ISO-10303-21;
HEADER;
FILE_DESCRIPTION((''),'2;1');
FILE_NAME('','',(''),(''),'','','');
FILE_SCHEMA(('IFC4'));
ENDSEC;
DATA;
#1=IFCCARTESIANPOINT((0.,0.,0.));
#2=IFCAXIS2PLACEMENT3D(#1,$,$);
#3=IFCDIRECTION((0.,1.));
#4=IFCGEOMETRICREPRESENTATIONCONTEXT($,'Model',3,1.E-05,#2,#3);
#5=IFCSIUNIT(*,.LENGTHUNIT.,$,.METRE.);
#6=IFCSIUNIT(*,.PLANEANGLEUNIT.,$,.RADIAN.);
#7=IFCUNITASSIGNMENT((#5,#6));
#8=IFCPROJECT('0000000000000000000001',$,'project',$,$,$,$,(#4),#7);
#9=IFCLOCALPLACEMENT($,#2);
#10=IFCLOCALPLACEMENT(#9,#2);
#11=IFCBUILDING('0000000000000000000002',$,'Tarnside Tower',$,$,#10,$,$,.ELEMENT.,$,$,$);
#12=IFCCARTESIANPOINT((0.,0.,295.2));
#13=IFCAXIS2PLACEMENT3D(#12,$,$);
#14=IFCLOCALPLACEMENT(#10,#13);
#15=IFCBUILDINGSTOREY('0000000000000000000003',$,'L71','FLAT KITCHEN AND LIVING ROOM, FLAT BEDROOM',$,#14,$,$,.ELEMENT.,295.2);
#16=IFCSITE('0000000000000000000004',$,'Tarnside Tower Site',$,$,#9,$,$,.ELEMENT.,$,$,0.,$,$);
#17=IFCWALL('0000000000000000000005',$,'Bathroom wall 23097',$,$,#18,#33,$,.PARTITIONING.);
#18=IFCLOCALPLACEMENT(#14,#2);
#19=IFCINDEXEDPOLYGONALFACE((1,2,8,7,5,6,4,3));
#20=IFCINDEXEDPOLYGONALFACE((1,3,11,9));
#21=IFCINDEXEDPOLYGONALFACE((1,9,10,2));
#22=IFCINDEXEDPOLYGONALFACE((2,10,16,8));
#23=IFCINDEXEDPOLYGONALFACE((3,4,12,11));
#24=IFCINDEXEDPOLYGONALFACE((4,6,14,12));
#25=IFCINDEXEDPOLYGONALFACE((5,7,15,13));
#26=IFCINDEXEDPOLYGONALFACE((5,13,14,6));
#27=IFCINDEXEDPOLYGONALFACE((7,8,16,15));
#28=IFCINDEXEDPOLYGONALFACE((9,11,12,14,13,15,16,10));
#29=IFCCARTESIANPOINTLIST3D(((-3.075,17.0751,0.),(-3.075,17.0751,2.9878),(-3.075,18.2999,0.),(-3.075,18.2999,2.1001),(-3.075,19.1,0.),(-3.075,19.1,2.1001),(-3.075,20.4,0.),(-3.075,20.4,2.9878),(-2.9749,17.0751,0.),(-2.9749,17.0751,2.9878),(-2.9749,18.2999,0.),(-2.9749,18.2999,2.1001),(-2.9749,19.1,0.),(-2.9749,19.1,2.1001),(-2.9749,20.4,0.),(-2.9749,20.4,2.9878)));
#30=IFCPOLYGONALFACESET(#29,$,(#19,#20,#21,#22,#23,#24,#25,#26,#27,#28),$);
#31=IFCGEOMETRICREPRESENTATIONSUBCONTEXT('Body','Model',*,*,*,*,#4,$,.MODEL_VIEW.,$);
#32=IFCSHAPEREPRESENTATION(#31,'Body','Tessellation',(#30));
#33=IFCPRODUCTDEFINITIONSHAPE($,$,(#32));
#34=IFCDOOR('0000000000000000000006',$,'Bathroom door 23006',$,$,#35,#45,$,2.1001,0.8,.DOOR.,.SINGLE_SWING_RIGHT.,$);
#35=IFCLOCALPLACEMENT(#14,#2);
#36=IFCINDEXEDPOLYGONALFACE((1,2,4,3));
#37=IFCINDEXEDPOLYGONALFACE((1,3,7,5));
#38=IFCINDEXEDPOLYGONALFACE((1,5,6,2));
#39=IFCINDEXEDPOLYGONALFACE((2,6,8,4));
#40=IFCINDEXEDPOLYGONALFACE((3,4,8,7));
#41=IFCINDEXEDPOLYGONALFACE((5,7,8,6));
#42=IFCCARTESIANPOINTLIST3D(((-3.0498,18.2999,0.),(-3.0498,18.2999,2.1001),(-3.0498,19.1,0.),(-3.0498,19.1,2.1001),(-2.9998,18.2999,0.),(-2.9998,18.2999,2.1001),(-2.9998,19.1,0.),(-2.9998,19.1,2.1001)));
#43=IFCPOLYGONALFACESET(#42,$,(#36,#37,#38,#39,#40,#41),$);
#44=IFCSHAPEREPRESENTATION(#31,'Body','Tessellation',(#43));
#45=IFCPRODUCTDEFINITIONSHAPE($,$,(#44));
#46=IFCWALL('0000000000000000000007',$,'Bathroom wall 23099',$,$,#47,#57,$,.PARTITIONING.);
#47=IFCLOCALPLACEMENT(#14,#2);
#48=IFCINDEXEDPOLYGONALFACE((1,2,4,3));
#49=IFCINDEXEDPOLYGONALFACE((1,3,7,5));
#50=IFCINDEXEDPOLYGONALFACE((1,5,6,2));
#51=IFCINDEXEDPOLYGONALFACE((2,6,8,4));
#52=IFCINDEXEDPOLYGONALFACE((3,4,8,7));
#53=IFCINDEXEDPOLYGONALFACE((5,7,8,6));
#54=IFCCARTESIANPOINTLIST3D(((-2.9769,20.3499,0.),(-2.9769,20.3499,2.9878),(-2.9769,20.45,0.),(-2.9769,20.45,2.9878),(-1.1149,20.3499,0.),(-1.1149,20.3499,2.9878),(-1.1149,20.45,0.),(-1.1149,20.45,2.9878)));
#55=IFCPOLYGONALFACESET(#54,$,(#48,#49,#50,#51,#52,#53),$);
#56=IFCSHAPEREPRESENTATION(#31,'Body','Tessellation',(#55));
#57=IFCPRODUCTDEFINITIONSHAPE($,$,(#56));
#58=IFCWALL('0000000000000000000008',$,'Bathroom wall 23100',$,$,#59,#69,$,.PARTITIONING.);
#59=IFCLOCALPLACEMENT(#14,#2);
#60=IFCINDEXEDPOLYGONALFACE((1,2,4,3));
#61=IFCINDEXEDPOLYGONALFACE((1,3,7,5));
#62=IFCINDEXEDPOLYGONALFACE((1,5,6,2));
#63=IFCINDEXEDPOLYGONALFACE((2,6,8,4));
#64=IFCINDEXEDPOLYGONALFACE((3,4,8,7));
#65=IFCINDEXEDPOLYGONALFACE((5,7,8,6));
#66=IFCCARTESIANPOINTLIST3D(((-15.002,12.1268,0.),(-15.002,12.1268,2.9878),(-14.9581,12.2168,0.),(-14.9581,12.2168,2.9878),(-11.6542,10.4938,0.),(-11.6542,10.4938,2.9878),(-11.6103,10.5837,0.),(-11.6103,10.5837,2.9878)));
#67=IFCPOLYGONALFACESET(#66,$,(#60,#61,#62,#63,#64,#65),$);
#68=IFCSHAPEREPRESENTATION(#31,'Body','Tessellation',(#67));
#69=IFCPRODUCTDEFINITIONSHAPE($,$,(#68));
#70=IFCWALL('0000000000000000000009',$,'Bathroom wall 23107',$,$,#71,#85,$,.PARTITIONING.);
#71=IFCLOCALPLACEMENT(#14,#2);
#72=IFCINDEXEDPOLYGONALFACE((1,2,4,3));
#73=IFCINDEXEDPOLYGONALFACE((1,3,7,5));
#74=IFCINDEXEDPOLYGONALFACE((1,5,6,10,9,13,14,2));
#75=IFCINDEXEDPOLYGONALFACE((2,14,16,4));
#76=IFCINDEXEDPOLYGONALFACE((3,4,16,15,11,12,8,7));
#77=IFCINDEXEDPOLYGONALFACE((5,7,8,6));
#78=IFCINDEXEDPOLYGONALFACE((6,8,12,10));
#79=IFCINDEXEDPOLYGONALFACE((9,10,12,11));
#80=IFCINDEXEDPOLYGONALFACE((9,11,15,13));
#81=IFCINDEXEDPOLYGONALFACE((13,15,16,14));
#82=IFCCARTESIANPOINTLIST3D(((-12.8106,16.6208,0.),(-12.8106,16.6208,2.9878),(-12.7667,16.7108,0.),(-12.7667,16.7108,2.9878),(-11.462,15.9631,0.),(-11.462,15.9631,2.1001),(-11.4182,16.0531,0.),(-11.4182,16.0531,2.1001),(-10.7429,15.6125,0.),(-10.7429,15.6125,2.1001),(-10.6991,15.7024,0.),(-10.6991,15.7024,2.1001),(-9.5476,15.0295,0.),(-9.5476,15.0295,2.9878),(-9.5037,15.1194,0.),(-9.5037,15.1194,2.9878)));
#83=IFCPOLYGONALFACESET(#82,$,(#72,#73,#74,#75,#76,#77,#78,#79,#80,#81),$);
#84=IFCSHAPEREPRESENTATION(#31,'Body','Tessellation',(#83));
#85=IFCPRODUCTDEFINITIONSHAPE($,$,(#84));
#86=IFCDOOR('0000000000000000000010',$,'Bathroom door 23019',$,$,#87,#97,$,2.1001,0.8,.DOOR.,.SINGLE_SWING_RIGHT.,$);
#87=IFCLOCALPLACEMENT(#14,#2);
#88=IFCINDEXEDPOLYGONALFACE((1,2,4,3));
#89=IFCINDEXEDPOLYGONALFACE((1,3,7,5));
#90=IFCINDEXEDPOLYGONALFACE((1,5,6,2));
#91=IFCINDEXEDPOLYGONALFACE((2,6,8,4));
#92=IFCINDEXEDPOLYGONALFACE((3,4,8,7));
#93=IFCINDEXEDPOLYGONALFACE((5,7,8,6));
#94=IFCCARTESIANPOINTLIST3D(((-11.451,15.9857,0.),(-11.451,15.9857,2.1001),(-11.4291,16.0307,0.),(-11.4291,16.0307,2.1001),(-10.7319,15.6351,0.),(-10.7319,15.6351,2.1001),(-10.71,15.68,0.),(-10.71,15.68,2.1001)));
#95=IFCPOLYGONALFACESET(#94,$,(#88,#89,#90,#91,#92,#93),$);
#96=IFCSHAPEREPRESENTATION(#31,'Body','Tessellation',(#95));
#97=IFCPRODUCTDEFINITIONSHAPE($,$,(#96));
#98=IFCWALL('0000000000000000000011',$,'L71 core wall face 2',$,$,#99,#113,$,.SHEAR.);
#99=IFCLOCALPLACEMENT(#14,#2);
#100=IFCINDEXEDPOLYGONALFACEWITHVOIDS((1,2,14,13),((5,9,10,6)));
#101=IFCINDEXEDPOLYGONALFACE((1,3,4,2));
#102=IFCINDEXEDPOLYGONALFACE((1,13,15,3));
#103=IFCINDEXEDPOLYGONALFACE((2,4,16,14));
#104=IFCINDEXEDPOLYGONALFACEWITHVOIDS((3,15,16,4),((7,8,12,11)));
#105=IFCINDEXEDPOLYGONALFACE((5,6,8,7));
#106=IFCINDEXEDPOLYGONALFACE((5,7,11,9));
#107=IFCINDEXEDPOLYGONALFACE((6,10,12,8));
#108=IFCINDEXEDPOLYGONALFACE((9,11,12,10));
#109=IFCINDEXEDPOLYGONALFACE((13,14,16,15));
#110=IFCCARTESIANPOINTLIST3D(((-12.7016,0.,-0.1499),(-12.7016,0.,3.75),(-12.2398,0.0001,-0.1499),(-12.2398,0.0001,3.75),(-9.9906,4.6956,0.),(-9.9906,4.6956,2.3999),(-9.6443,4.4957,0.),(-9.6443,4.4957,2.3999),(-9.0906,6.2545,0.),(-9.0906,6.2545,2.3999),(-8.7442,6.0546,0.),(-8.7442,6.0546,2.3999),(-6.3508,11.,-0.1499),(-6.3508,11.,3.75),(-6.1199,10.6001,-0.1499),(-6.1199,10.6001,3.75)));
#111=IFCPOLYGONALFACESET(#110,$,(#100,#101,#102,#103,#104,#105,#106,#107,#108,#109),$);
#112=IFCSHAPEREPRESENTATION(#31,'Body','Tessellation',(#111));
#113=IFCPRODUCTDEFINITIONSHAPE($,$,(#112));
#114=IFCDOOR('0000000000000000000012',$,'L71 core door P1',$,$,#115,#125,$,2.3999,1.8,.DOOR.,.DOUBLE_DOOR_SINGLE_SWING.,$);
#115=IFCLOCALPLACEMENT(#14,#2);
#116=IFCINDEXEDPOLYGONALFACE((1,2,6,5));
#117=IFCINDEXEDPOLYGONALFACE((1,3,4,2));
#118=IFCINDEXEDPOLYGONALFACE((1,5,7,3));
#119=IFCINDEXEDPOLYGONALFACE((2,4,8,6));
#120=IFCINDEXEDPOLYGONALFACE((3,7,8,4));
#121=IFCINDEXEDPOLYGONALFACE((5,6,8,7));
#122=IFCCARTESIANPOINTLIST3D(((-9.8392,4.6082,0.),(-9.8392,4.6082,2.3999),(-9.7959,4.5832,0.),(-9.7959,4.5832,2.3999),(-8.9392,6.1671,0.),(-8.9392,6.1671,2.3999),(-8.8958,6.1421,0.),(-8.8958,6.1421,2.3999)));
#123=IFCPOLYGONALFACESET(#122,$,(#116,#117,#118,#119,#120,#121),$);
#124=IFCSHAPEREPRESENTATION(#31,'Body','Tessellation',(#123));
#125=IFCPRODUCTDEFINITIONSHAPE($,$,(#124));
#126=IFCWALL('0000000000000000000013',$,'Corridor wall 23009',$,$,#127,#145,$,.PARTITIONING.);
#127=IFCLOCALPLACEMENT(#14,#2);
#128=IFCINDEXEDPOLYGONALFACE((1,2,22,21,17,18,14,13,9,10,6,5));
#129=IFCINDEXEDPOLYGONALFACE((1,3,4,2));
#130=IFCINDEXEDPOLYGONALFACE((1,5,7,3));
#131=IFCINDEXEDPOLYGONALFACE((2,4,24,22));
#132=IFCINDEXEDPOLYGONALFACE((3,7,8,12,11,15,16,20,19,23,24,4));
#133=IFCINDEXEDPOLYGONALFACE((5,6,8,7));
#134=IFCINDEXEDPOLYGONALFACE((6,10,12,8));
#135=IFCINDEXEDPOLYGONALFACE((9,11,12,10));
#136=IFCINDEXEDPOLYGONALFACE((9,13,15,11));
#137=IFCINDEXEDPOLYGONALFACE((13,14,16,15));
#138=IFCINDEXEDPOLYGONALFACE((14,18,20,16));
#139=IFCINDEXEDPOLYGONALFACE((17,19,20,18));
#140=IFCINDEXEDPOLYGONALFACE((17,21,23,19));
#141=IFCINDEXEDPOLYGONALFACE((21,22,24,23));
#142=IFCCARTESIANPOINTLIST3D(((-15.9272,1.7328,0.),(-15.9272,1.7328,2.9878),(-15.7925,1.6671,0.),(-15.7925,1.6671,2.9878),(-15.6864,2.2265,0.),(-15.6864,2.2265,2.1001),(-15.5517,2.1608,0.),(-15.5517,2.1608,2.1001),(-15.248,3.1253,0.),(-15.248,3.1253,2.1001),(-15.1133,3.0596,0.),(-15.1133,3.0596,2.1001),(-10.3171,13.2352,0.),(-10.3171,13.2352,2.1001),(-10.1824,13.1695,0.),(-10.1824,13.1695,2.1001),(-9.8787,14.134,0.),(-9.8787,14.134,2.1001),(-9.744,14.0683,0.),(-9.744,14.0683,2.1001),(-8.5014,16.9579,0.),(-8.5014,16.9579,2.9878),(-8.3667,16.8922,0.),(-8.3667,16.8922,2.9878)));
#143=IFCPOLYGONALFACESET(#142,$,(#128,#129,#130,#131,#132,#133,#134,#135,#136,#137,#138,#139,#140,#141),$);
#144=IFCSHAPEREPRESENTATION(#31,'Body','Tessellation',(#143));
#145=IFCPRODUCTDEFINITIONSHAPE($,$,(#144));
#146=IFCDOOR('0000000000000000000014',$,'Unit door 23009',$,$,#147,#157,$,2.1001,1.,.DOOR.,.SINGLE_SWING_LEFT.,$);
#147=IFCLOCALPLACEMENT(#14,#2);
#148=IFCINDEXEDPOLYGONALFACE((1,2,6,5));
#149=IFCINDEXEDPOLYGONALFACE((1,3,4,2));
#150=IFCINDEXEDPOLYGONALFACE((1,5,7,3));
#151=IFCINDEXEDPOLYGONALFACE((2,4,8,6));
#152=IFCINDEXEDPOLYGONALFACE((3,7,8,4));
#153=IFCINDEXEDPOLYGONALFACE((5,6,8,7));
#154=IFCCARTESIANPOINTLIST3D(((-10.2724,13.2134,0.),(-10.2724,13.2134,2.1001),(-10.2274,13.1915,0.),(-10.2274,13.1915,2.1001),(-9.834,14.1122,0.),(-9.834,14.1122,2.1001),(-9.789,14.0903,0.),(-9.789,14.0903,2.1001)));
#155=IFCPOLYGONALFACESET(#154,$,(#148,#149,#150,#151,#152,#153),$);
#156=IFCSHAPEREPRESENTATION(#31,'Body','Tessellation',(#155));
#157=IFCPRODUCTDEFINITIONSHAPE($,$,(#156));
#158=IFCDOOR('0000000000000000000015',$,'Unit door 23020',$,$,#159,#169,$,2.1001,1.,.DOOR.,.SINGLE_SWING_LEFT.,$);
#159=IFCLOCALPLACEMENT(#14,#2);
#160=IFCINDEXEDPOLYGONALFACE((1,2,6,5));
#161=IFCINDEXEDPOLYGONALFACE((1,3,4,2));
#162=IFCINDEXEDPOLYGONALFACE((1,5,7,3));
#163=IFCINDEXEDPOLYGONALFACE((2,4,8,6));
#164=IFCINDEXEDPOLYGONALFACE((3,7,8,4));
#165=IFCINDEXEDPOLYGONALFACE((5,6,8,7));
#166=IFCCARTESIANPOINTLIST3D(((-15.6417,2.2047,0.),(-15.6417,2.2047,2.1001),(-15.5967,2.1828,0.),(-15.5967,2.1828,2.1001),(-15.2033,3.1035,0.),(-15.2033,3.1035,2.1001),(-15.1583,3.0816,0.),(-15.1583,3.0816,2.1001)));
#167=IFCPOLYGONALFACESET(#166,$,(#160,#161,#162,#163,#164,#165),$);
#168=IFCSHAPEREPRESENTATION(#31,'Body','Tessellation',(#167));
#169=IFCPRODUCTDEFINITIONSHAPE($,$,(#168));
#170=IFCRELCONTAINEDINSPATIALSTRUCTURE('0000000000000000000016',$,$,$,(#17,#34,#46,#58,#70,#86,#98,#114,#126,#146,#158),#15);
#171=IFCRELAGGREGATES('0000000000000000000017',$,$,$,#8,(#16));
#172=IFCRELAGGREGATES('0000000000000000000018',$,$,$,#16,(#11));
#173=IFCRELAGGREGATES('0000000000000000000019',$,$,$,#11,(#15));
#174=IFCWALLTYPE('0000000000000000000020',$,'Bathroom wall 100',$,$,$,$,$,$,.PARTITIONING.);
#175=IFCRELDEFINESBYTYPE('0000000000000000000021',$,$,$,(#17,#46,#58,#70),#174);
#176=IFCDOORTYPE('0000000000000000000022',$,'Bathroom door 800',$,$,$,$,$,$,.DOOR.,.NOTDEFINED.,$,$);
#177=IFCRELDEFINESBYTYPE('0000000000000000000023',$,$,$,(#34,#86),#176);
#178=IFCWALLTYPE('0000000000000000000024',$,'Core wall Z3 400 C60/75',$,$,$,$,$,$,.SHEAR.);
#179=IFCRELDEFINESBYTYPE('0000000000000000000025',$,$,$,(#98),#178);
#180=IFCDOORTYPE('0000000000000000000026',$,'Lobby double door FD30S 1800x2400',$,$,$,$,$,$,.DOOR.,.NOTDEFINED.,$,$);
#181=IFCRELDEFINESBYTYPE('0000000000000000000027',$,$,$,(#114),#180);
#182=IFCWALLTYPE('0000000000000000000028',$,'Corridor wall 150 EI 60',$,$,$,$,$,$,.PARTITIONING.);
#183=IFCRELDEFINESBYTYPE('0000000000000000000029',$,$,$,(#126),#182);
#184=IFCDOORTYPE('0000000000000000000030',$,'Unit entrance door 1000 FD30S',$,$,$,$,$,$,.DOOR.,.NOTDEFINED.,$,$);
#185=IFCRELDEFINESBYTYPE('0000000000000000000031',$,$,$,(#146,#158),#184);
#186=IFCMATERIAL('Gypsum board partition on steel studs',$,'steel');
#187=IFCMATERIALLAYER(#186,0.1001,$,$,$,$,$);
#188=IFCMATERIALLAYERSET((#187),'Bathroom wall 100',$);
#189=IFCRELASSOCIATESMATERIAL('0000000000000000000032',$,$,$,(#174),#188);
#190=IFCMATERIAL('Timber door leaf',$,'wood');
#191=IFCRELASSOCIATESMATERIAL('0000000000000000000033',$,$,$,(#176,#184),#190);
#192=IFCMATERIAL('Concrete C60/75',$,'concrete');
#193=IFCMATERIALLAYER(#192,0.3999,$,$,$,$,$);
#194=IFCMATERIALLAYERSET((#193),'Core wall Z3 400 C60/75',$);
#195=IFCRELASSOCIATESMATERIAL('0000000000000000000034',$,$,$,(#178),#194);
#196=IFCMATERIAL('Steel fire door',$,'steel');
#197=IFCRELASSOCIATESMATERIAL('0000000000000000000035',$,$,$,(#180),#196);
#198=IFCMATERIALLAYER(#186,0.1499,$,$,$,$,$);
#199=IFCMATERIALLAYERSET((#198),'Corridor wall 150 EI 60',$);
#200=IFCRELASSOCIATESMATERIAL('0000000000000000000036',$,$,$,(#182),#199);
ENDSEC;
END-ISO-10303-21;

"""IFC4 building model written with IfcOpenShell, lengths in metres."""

from ifc_helpers import new_model, si_unit, direction, frame, frame_2d, origin, place, context, subcontext, project, spatial, polyline, rectangle, outline, extrude, material, layer, layer_set, type_object, element, fill, save


model = new_model("IFC4")

# Units and contexts
model_context = context("Model", 3, precision=1e-05, world=origin(), true_north=direction((0.0, 1.0)))
body_context = subcontext(model_context, "Body", "Model", "MODEL_VIEW")
ifc_project = project(units=[si_unit("LENGTHUNIT", "METRE"), si_unit("PLANEANGLEUNIT", "RADIAN")], contexts=[model_context])

# Site, building, storey
site_placement = place(None, origin())
site = spatial("IfcSite", under=ifc_project, at=site_placement, Name="Tarnside Tower Site", CompositionType="ELEMENT", RefElevation=0.0)
building_placement = place(site_placement, origin())
building = spatial("IfcBuilding", under=site, at=building_placement, Name="Tarnside Tower", CompositionType="ELEMENT")
storey_placement = place(building_placement, frame((0.0, 0.0, 295.2)))
storey = spatial("IfcBuildingStorey", under=building, at=storey_placement, Name="L71", Description="FLAT KITCHEN AND LIVING ROOM, FLAT BEDROOM", CompositionType="ELEMENT", Elevation=295.2)

# Wall, opening, door
ifc_material_1 = material(Name="Gypsum board partition on steel studs", Category="steel")
ifc_layer_1 = layer(ifc_material_1, 0.1001)
ifc_layer_set_1 = layer_set([ifc_layer_1], Name="Bathroom wall 100")
wall_type_1 = type_object("IfcWallType", Name="Bathroom wall 100", PredefinedType="PARTITIONING", material=ifc_layer_set_1)
wall_1_placement = place(storey_placement, frame((-3.0249, 17.075, 0.0), z_axis=(0.0, 0.0, 1.0), x_axis=(0.0, 1.0, 0.0)))
wall_1 = element("IfcWall", 1, at=wall_1_placement, inside=storey, type_object=wall_type_1, Name="Bathroom wall 23097", PredefinedType="PARTITIONING", context=body_context, shape_type="SweptSolid", body=[
    extrude(rectangle(XDim=3.325, YDim=0.1001, at=frame_2d((1.6626, 0.0))), origin(), (0.0, 0.0, 1.0), 2.9878),
])
opening_1_placement = place(wall_1_placement, frame((1.2251, 0.0, 0.0)))
opening_1 = element("IfcOpeningElement", 2, at=opening_1_placement, cuts=wall_1, PredefinedType="OPENING", context=body_context, shape_type="SweptSolid", body=[
    extrude(rectangle(XDim=0.8, YDim=2.1001, at=frame_2d((0.3999, 1.05))), frame((0.0, 0.0601, 0.0), z_axis=(0.0, -1.0, 0.0), x_axis=(1.0, 0.0, 0.0)), (0.0, 0.0, 1.0), 0.1201),
])
ifc_material_2 = material(Name="Timber door leaf", Category="wood")
door_type_1 = type_object("IfcDoorType", Name="Bathroom door 800", OperationType="NOTDEFINED", PredefinedType="DOOR", material=ifc_material_2)
door_1_placement = place(opening_1_placement, origin())
door_1 = element("IfcDoor", 3, at=door_1_placement, inside=storey, type_object=door_type_1, Name="Bathroom door 23006", OperationType="SINGLE_SWING_RIGHT", OverallHeight=2.1001, OverallWidth=0.8, PredefinedType="DOOR", context=body_context, shape_type="SweptSolid", body=[
    extrude(rectangle(XDim=0.8, YDim=2.1001, at=frame_2d((0.3999, 1.05))), frame((0.0, 0.0249, 0.0), z_axis=(0.0, -1.0, 0.0), x_axis=(1.0, 0.0, 0.0)), (0.0, 0.0, 1.0), 0.05),
])
fill(opening_1, door_1)

# Walls
wall_2_placement = place(storey_placement, frame((-1.1147, 20.3999, 0.0), z_axis=(0.0, 0.0, 1.0), x_axis=(-1.0, 0.0, 0.0)))
element("IfcWall", 4, at=wall_2_placement, inside=storey, type_object=wall_type_1, Name="Bathroom wall 23099", PredefinedType="PARTITIONING", context=body_context, shape_type="SweptSolid", body=[
    extrude(rectangle(XDim=1.8621, YDim=0.1001, at=frame_2d((0.9312, 0.0))), origin(), (0.0, 0.0, 1.0), 2.9878),
])
wall_3_placement = place(storey_placement, frame((-11.6323, 10.5388, 0.0), z_axis=(0.0, 0.0, 1.0), x_axis=(-0.898775, 0.438409, 0.0)))
element("IfcWall", 5, at=wall_3_placement, inside=storey, type_object=wall_type_1, Name="Bathroom wall 23100", PredefinedType="PARTITIONING", context=body_context, shape_type="SweptSolid", body=[
    extrude(rectangle(XDim=3.7249, YDim=0.1001, at=frame_2d((1.8623, 0.0))), origin(), (0.0, 0.0, 1.0), 2.9878),
])

# Walls, openings, doors
wall_4_placement = place(storey_placement, frame((-9.5256, 15.0745, 0.0), z_axis=(0.0, 0.0, 1.0), x_axis=(-0.898809, 0.438341, 0.0)))
wall_4 = element("IfcWall", 6, at=wall_4_placement, inside=storey, type_object=wall_type_1, Name="Bathroom wall 23107", PredefinedType="PARTITIONING", context=body_context, shape_type="SweptSolid", body=[
    extrude(rectangle(XDim=3.6304, YDim=0.1001, at=frame_2d((1.8152, 0.0))), origin(), (0.0, 0.0, 1.0), 2.9878),
])
opening_2_placement = place(wall_4_placement, frame((1.3301, 0.0, 0.0)))
opening_2 = element("IfcOpeningElement", 7, at=opening_2_placement, cuts=wall_4, PredefinedType="OPENING", context=body_context, shape_type="SweptSolid", body=[
    extrude(rectangle(XDim=0.8, YDim=2.1001, at=frame_2d((0.3999, 1.05))), frame((0.0, 0.0601, 0.0), z_axis=(0.0, -1.0, 0.0), x_axis=(1.0, 0.0, 0.0)), (0.0, 0.0, 1.0), 0.1201),
])
door_2_placement = place(opening_2_placement, origin())
door_2 = element("IfcDoor", 8, at=door_2_placement, inside=storey, type_object=door_type_1, Name="Bathroom door 23019", OperationType="SINGLE_SWING_RIGHT", OverallHeight=2.1001, OverallWidth=0.8, PredefinedType="DOOR", context=body_context, shape_type="SweptSolid", body=[
    extrude(rectangle(XDim=0.8, YDim=2.1001, at=frame_2d((0.3999, 1.05))), frame((0.0, 0.0249, 0.0), z_axis=(0.0, -1.0, 0.0), x_axis=(1.0, 0.0, 0.0)), (0.0, 0.0, 1.0), 0.05),
])
fill(opening_2, door_2)
ifc_material_3 = material(Name="Concrete C60/75", Category="concrete")
ifc_layer_2 = layer(ifc_material_3, 0.3999)
ifc_layer_set_2 = layer_set([ifc_layer_2], Name="Core wall Z3 400 C60/75")
wall_type_2 = type_object("IfcWallType", Name="Core wall Z3 400 C60/75", PredefinedType="SHEAR", material=ifc_layer_set_2)
wall_5_placement = place(storey_placement, frame((-6.2354, 10.8, -0.1499), z_axis=(0.0, 0.0, 1.0), x_axis=(-0.499996, -0.866027, 0.0)))
wall_5 = element("IfcWall", 9, at=wall_5_placement, inside=storey, type_object=wall_type_2, Name="L71 core wall face 2", PredefinedType="SHEAR", context=body_context, shape_type="SweptSolid", body=[
    extrude(outline(polyline([(-0.1155, -0.2), (12.5862, -0.2), (12.3552, 0.2), (0.1155, 0.2), (-0.1155, -0.2)])), origin(), (0.0, 0.0, 1.0), 3.8999),
])
opening_3_placement = place(wall_5_placement, frame((5.3643, 0.0, 0.1499)))
opening_3 = element("IfcOpeningElement", 10, at=opening_3_placement, cuts=wall_5, PredefinedType="OPENING", context=body_context, shape_type="SweptSolid", body=[
    extrude(rectangle(XDim=1.8, YDim=2.3999, at=frame_2d((0.8999, 1.2))), frame((0.0, 0.21, 0.0), z_axis=(0.0, -1.0, 0.0), x_axis=(1.0, 0.0, 0.0)), (0.0, 0.0, 1.0), 0.4199),
])
ifc_material_4 = material(Name="Steel fire door", Category="steel")
door_type_2 = type_object("IfcDoorType", Name="Lobby double door FD30S 1800x2400", OperationType="NOTDEFINED", PredefinedType="DOOR", material=ifc_material_4)
door_3_placement = place(opening_3_placement, origin())
door_3 = element("IfcDoor", 11, at=door_3_placement, inside=storey, type_object=door_type_2, Name="L71 core door P1", OperationType="DOUBLE_DOOR_SINGLE_SWING", OverallHeight=2.3999, OverallWidth=1.8, PredefinedType="DOOR", context=body_context, shape_type="SweptSolid", body=[
    extrude(rectangle(XDim=1.8, YDim=2.3999, at=frame_2d((0.8999, 1.2))), frame((0.0, 0.0249, 0.0), z_axis=(0.0, -1.0, 0.0), x_axis=(1.0, 0.0, 0.0)), (0.0, 0.0, 1.0), 0.05),
])
fill(opening_3, door_3)

# Wall, openings, doors
ifc_layer_3 = layer(ifc_material_1, 0.1499)
ifc_layer_set_3 = layer_set([ifc_layer_3], Name="Corridor wall 150 EI 60")
wall_type_3 = type_object("IfcWallType", Name="Corridor wall 150 EI 60", PredefinedType="PARTITIONING", material=ifc_layer_set_3)
wall_6_placement = place(storey_placement, frame((-8.4341, 16.925, 0.0), z_axis=(0.0, 0.0, 1.0), x_axis=(-0.438371, -0.898794, 0.0)))
wall_6 = element("IfcWall", 12, at=wall_6_placement, inside=storey, type_object=wall_type_3, Name="Corridor wall 23009", PredefinedType="PARTITIONING", context=body_context, shape_type="SweptSolid", body=[
    extrude(rectangle(XDim=16.9395, YDim=0.1499, at=frame_2d((8.4697, 0.0))), origin(), (0.0, 0.0, 1.0), 2.9878),
])
opening_4_placement = place(wall_6_placement, frame((3.1418, 0.0, 0.0)))
opening_4 = element("IfcOpeningElement", 13, at=opening_4_placement, cuts=wall_6, PredefinedType="OPENING", context=body_context, shape_type="SweptSolid", body=[
    extrude(rectangle(XDim=1.0, YDim=2.1001, at=frame_2d((0.5, 1.05))), frame((0.0, 0.085, 0.0), z_axis=(0.0, -1.0, 0.0), x_axis=(1.0, 0.0, 0.0)), (0.0, 0.0, 1.0), 0.1699),
])
opening_5_placement = place(wall_6_placement, frame((15.3901, 0.0, 0.0)))
opening_5 = element("IfcOpeningElement", 14, at=opening_5_placement, cuts=wall_6, PredefinedType="OPENING", context=body_context, shape_type="SweptSolid", body=[
    extrude(rectangle(XDim=1.0, YDim=2.1001, at=frame_2d((0.5, 1.05))), frame((0.0, 0.085, 0.0), z_axis=(0.0, -1.0, 0.0), x_axis=(1.0, 0.0, 0.0)), (0.0, 0.0, 1.0), 0.1699),
])
door_type_3 = type_object("IfcDoorType", Name="Unit entrance door 1000 FD30S", OperationType="NOTDEFINED", PredefinedType="DOOR", material=ifc_material_2)
door_4_placement = place(opening_4_placement, origin())
door_4 = element("IfcDoor", 15, at=door_4_placement, inside=storey, type_object=door_type_3, Name="Unit door 23009", OperationType="SINGLE_SWING_LEFT", OverallHeight=2.1001, OverallWidth=1.0, PredefinedType="DOOR", context=body_context, shape_type="SweptSolid", body=[
    extrude(rectangle(XDim=1.0, YDim=2.1001, at=frame_2d((0.5, 1.05))), frame((0.0, 0.0249, 0.0), z_axis=(0.0, -1.0, 0.0), x_axis=(1.0, 0.0, 0.0)), (0.0, 0.0, 1.0), 0.05),
])
fill(opening_4, door_4)
door_5_placement = place(opening_5_placement, origin())
door_5 = element("IfcDoor", 16, at=door_5_placement, inside=storey, type_object=door_type_3, Name="Unit door 23020", OperationType="SINGLE_SWING_LEFT", OverallHeight=2.1001, OverallWidth=1.0, PredefinedType="DOOR", context=body_context, shape_type="SweptSolid", body=[
    extrude(rectangle(XDim=1.0, YDim=2.1001, at=frame_2d((0.5, 1.05))), frame((0.0, 0.0249, 0.0), z_axis=(0.0, -1.0, 0.0), x_axis=(1.0, 0.0, 0.0)), (0.0, 0.0, 1.0), 0.05),
])
fill(opening_5, door_5)

save(model, "model.ifc")
